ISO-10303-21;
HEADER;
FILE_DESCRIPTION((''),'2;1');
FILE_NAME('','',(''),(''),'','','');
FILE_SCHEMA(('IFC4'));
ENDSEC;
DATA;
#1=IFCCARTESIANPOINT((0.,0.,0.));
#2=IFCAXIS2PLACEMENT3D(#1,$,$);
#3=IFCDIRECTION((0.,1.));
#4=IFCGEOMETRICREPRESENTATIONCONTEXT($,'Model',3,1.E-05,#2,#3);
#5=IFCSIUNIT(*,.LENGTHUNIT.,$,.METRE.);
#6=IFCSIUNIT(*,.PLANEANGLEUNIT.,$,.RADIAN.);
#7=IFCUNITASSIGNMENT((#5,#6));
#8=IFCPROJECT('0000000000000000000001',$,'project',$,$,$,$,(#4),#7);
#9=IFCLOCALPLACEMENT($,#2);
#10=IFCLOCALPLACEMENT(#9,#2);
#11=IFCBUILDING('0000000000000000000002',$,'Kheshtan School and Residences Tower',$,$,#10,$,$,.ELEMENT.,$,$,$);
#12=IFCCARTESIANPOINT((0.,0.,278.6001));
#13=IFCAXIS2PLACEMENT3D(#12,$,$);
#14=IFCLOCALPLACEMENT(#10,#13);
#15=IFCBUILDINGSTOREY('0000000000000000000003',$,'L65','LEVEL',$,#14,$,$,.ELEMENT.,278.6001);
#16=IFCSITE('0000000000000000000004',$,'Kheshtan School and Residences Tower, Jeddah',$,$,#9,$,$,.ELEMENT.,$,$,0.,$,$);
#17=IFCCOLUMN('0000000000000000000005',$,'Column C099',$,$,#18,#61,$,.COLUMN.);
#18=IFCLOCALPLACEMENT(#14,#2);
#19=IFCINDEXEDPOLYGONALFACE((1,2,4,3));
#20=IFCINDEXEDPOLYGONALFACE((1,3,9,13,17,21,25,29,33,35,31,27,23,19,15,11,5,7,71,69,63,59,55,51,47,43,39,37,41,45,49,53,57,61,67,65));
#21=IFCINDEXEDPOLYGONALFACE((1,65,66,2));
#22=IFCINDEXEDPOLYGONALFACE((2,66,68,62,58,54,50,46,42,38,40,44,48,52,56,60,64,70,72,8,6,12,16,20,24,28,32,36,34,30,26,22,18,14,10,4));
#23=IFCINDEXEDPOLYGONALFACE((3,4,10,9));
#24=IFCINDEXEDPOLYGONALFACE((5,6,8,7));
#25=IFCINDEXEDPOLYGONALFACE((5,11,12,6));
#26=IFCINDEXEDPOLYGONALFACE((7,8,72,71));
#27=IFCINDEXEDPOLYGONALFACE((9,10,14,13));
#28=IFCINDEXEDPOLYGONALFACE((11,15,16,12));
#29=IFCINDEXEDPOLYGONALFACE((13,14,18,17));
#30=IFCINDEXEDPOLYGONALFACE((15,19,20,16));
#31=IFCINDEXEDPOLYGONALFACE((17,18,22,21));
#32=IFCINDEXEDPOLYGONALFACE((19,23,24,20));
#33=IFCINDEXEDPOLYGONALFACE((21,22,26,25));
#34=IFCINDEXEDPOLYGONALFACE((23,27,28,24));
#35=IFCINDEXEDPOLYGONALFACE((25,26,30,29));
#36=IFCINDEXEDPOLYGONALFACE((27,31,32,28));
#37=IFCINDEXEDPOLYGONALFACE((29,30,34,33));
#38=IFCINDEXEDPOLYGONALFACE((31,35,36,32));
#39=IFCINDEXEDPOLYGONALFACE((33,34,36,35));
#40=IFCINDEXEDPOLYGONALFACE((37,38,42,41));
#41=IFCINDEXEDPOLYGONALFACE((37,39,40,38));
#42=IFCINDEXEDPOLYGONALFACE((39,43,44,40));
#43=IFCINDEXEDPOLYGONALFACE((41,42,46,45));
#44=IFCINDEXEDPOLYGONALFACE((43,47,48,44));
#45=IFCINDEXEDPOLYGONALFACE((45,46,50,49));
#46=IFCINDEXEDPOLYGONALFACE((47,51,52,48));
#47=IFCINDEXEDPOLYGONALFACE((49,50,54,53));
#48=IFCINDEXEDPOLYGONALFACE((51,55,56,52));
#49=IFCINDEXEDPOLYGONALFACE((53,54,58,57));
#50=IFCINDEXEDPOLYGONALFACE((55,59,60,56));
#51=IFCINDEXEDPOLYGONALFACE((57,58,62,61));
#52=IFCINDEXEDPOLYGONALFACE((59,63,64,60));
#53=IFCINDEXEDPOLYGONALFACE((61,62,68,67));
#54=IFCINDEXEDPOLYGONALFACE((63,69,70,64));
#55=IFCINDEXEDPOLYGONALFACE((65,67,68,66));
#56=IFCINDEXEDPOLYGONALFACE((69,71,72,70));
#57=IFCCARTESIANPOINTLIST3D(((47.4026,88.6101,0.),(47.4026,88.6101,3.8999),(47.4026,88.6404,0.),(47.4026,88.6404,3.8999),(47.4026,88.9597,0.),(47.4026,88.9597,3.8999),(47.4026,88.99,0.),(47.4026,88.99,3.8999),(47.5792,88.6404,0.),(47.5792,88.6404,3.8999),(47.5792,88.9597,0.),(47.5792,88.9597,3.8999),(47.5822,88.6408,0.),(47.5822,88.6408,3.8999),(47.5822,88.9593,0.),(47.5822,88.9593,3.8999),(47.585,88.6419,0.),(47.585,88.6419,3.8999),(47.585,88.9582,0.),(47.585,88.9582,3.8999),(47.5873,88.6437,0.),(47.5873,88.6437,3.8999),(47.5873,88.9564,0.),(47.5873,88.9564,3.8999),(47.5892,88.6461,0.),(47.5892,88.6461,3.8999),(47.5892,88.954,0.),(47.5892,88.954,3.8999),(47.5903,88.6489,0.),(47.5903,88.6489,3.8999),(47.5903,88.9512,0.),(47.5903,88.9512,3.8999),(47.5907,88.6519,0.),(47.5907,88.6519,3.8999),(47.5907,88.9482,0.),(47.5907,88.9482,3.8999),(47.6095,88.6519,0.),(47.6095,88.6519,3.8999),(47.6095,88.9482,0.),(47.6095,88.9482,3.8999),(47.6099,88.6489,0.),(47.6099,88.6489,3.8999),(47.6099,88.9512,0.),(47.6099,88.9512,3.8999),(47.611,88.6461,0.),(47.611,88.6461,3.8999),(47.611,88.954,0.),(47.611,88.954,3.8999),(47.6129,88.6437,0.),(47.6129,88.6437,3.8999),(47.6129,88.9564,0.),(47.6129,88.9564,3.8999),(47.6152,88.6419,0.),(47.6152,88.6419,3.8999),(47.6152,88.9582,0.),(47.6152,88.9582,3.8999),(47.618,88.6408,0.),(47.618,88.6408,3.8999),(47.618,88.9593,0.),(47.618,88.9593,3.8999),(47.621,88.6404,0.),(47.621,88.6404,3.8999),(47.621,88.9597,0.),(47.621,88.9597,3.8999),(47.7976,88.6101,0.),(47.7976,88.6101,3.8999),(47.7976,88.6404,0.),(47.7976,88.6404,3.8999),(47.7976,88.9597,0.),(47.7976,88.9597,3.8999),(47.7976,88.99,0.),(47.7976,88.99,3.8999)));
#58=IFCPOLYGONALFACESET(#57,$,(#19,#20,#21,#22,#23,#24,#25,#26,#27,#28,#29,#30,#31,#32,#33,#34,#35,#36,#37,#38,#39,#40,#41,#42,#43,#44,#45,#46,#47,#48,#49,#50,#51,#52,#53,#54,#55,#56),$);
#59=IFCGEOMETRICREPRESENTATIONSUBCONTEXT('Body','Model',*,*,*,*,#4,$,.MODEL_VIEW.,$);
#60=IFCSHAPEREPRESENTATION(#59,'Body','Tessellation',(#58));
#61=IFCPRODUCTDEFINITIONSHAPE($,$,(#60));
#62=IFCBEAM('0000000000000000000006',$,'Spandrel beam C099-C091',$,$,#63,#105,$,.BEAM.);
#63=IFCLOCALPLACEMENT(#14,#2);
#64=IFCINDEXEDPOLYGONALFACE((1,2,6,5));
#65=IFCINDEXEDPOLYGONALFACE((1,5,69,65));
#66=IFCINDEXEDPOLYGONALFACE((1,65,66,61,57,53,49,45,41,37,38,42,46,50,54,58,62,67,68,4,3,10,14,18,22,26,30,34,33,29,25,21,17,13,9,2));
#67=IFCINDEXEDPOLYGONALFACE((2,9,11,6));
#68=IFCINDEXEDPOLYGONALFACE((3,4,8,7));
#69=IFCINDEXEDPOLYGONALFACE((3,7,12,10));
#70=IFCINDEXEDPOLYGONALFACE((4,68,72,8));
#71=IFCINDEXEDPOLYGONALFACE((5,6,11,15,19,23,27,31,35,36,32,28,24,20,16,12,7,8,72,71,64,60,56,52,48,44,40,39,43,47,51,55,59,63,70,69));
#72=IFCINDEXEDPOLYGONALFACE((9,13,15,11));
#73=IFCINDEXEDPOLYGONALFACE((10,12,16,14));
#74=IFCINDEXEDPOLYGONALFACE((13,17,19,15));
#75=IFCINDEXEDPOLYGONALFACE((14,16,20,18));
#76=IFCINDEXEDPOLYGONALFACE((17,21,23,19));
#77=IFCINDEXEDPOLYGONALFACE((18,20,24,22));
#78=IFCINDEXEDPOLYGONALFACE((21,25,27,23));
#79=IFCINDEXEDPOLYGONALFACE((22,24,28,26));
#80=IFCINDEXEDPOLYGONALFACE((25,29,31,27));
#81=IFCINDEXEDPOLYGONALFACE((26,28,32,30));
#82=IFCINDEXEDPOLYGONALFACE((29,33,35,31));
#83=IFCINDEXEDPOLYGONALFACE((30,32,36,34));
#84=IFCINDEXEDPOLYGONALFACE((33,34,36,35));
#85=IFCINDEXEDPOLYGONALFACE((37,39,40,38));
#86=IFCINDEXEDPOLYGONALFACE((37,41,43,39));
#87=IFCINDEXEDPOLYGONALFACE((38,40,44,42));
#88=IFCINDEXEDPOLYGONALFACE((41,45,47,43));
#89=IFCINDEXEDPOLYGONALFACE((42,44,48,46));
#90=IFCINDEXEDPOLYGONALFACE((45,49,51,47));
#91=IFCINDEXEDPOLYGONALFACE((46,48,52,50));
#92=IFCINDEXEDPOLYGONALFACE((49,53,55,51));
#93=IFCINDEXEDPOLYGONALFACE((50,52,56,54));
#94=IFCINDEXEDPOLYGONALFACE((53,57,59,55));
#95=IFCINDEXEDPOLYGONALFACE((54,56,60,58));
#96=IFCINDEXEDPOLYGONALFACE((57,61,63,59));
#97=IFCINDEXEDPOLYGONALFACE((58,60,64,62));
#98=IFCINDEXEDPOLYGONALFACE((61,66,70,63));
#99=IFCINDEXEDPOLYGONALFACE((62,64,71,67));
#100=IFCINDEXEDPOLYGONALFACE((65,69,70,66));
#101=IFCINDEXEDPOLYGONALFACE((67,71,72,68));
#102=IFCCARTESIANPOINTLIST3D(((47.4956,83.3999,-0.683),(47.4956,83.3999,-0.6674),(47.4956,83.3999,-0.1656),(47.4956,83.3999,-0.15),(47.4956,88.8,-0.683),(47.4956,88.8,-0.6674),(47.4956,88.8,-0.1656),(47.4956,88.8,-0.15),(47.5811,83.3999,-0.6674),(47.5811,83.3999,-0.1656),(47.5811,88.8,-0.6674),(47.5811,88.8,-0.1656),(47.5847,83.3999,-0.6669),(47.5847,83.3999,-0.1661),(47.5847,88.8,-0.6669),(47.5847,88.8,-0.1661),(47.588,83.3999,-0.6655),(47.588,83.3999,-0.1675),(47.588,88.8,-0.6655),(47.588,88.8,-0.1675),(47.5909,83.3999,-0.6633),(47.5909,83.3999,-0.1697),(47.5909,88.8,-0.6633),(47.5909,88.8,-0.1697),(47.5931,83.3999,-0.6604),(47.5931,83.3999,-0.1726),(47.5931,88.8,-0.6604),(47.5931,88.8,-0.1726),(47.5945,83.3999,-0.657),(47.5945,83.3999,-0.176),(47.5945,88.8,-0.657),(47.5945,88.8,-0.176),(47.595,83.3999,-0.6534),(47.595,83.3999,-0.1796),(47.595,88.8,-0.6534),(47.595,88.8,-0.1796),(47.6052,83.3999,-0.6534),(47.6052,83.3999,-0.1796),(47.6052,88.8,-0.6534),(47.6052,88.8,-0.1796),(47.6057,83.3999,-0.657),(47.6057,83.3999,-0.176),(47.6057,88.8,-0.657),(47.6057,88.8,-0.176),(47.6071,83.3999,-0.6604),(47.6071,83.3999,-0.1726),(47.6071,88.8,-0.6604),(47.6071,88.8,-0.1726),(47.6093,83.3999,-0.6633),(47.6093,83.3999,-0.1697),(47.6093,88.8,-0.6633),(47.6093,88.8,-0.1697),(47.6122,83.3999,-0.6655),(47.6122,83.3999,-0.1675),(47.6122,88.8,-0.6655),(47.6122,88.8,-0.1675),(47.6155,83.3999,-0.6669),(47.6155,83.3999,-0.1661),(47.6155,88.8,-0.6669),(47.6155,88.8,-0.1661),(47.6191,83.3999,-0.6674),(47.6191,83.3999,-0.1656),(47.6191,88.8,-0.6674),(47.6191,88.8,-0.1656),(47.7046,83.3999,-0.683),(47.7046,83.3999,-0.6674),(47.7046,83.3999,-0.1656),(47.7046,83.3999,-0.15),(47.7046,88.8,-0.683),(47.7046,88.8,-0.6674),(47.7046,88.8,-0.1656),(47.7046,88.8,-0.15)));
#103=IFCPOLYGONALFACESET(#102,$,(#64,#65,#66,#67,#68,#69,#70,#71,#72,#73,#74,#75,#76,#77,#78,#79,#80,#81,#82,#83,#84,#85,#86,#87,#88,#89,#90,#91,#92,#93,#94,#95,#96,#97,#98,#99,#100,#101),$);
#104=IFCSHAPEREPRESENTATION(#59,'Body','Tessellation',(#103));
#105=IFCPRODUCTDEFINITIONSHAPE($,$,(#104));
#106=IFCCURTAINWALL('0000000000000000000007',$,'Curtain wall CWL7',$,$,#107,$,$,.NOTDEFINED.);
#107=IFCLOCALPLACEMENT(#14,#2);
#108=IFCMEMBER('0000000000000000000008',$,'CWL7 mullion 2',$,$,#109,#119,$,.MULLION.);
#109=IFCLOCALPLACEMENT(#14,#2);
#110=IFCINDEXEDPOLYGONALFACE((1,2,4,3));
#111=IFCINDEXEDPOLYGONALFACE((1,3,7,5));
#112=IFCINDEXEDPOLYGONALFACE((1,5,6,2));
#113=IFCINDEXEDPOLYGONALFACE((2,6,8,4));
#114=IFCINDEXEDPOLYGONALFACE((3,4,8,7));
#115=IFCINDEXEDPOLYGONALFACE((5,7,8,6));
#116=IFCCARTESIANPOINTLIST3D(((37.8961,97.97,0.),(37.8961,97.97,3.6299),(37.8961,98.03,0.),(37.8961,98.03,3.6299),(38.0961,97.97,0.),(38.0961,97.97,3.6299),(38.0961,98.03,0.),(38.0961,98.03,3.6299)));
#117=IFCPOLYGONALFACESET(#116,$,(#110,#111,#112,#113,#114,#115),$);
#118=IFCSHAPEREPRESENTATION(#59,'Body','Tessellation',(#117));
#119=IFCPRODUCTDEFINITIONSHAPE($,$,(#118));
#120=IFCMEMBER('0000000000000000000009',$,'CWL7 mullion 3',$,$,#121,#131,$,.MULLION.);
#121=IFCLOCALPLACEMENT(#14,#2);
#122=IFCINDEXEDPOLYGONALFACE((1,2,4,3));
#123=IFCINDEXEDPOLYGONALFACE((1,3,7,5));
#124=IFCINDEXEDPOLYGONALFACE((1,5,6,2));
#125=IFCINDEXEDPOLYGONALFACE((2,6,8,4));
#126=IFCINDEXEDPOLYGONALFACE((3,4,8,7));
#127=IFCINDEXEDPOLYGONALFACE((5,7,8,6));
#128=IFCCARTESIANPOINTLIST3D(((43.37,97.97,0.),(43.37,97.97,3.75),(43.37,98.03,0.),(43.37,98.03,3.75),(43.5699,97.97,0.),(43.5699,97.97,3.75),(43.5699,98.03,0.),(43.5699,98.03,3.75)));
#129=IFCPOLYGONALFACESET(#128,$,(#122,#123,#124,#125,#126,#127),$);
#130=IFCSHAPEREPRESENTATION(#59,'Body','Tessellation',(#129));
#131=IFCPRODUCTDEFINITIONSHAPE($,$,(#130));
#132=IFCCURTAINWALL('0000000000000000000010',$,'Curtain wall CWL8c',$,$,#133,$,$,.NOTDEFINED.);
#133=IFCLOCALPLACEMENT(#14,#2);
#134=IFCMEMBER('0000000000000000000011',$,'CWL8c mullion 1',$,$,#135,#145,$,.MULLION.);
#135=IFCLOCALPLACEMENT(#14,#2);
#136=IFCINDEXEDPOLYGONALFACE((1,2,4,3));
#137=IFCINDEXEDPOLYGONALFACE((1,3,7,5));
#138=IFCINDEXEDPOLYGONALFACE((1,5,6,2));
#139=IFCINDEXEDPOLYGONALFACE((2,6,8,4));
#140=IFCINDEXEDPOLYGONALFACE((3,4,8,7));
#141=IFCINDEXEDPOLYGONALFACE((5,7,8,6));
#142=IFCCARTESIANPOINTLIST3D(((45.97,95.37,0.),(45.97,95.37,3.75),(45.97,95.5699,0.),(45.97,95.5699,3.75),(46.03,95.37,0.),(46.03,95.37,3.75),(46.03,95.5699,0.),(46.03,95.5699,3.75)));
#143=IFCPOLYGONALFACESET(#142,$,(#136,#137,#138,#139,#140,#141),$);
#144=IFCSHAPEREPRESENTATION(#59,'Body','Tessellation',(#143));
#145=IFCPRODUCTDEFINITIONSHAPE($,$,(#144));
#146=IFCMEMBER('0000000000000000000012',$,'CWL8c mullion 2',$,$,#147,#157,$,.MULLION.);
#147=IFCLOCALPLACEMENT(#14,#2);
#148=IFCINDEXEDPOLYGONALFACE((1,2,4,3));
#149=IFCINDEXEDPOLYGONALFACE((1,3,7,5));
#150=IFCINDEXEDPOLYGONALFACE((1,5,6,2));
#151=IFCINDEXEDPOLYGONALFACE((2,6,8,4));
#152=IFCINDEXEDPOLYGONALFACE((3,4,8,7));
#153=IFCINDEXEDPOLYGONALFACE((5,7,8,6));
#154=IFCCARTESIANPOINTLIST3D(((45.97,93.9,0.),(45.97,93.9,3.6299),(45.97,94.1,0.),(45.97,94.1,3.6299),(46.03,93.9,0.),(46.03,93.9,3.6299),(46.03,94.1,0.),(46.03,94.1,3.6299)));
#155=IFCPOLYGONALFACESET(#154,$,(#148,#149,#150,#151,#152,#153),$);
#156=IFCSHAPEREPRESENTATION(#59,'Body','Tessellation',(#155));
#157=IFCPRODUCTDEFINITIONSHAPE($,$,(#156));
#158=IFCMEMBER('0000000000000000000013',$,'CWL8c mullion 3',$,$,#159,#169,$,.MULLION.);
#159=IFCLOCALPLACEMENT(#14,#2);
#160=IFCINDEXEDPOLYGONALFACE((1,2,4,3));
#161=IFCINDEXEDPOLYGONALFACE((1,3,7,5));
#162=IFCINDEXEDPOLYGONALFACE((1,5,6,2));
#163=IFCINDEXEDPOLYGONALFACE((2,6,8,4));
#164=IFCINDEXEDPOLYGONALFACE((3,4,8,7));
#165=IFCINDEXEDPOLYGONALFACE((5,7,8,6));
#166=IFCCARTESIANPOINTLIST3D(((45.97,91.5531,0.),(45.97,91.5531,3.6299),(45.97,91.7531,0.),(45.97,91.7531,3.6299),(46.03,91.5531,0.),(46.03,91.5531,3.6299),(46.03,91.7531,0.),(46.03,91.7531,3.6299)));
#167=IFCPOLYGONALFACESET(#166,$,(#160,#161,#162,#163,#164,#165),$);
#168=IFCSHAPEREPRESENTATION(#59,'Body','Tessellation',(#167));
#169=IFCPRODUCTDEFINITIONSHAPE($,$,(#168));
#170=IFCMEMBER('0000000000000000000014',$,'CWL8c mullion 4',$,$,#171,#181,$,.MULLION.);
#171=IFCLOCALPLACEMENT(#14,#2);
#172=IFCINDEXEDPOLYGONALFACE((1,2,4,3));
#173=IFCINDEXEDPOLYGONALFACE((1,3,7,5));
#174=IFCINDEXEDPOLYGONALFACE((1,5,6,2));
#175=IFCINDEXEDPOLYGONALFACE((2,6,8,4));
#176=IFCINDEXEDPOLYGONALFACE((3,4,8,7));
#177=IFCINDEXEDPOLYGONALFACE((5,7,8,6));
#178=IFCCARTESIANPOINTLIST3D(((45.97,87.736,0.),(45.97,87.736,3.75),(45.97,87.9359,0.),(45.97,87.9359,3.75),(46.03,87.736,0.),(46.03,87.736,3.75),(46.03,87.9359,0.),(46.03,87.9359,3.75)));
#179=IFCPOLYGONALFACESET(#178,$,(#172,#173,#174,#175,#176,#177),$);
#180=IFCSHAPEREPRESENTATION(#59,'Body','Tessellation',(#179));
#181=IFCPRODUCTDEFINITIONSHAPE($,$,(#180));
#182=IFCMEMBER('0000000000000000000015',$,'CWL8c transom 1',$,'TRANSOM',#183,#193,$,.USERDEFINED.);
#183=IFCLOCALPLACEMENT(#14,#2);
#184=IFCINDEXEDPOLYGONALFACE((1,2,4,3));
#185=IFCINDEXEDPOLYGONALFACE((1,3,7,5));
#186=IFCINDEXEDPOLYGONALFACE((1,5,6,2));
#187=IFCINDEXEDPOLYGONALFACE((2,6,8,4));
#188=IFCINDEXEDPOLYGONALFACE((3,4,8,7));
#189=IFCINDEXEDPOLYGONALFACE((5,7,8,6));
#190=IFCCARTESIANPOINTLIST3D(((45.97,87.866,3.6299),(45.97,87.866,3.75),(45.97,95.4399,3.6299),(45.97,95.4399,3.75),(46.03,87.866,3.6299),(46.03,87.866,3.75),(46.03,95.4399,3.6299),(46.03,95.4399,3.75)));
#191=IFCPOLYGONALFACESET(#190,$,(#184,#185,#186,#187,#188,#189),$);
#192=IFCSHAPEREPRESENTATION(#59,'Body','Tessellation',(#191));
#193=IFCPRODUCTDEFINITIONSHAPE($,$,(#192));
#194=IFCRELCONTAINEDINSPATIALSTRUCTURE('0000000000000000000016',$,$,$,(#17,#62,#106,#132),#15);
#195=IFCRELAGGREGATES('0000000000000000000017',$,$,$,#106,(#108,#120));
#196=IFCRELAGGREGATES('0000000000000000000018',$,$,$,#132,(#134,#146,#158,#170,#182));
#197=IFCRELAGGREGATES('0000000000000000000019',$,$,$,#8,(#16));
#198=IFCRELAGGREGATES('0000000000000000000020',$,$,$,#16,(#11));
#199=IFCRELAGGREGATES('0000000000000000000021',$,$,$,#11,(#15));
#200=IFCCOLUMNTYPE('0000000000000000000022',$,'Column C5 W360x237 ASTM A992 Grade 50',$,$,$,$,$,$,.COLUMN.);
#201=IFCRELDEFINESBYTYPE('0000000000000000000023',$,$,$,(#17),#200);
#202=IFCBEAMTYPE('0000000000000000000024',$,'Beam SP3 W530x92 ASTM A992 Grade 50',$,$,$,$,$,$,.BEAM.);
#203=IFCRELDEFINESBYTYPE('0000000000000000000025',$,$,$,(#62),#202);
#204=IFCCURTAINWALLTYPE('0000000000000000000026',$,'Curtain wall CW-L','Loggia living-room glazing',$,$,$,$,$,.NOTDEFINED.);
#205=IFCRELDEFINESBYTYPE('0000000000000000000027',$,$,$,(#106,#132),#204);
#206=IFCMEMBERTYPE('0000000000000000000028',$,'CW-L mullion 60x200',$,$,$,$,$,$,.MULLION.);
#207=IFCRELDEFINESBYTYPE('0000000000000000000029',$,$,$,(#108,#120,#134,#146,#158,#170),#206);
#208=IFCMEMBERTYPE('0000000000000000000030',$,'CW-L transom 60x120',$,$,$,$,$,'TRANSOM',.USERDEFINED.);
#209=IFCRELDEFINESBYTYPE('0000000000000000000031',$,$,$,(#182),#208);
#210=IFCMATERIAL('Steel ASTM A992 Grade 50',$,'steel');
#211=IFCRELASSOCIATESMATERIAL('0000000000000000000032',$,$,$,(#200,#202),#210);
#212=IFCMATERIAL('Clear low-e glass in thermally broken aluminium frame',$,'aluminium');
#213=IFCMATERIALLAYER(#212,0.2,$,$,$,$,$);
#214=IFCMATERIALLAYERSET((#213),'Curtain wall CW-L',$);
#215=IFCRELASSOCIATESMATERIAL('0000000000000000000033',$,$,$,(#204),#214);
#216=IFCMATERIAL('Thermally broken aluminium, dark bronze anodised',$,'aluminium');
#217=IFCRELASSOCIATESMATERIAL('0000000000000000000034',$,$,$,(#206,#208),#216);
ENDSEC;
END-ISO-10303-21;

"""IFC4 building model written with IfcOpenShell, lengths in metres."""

from ifc_helpers import new_model, si_unit, direction, frame, origin, origin_2d, place, context, subcontext, project, spatial, rectangle, i_section, extrude, material, layer, layer_set, material_profile, profile_set, type_object, element, aggregate, save


model = new_model("IFC4")

# Units and contexts
model_context = context("Model", 3, precision=1e-05, world=origin(), true_north=direction((0.0, 1.0)))
body_context = subcontext(model_context, "Body", "Model", "MODEL_VIEW")
ifc_project = project(units=[si_unit("LENGTHUNIT", "METRE"), si_unit("PLANEANGLEUNIT", "RADIAN")], contexts=[model_context])

# Site, building, storey
site_placement = place(None, origin())
site = spatial("IfcSite", under=ifc_project, at=site_placement, Name="Kheshtan School and Residences Tower, Jeddah", CompositionType="ELEMENT", RefElevation=0.0)
building_placement = place(site_placement, origin())
building = spatial("IfcBuilding", under=site, at=building_placement, Name="Kheshtan School and Residences Tower", CompositionType="ELEMENT")
storey_placement = place(building_placement, frame((0.0, 0.0, 278.6001)))
storey = spatial("IfcBuildingStorey", under=building, at=storey_placement, Name="L65", Description="LEVEL", CompositionType="ELEMENT", Elevation=278.6001)

# Column
ifc_material_1 = material(Name="Steel ASTM A992 Grade 50", Category="steel")
ifc_material_profile_1 = material_profile(ifc_material_1, i_section(OverallWidth=0.395, OverallDepth=0.3799, WebThickness=0.0188, FlangeThickness=0.0303, FilletRadius=0.0115, at=origin_2d()), Name="W360x237")
ifc_profile_set_1 = profile_set([ifc_material_profile_1], Name="Steel ASTM A992 Grade 50")
column_type = type_object("IfcColumnType", Name="Column C5 W360x237 ASTM A992 Grade 50", PredefinedType="COLUMN", material=ifc_profile_set_1)
column_placement = place(storey_placement, frame((47.6001, 88.8, 0.0), z_axis=(0.0, 0.0, 1.0), x_axis=(1.0, 0.0, 0.0)))
element("IfcColumn", 1, at=column_placement, inside=storey, type_object=column_type, Name="Column C099", PredefinedType="COLUMN", context=body_context, shape_type="SweptSolid", body=[
    extrude(i_section(OverallWidth=0.395, OverallDepth=0.3799, WebThickness=0.0188, FlangeThickness=0.0303, FilletRadius=0.0115, at=origin_2d()), origin(), (0.0, 0.0, 1.0), 3.8999),
])

# Beam
ifc_material_profile_2 = material_profile(ifc_material_1, i_section(OverallWidth=0.209, OverallDepth=0.533, WebThickness=0.0103, FlangeThickness=0.0156, FilletRadius=0.0139, at=origin_2d()), Name="W530x92")
ifc_profile_set_2 = profile_set([ifc_material_profile_2], Name="Steel ASTM A992 Grade 50")
beam_type = type_object("IfcBeamType", Name="Beam SP3 W530x92 ASTM A992 Grade 50", PredefinedType="BEAM", material=ifc_profile_set_2)
beam_placement = place(storey_placement, frame((47.6001, 88.8, -0.4165), z_axis=(0.0, -1.0, 0.0), x_axis=(1.0, 0.0, 0.0)))
element("IfcBeam", 2, at=beam_placement, inside=storey, type_object=beam_type, Name="Spandrel beam C099-C091", PredefinedType="BEAM", context=body_context, shape_type="SweptSolid", body=[
    extrude(i_section(OverallWidth=0.209, OverallDepth=0.533, WebThickness=0.0103, FlangeThickness=0.0156, FilletRadius=0.0139, at=origin_2d()), origin(), (0.0, 0.0, 1.0), 5.4001),
])

# Curtain walls, members
ifc_material_2 = material(Name="Clear low-e glass in thermally broken aluminium frame", Category="aluminium")
ifc_layer_1 = layer(ifc_material_2, 0.2)
ifc_layer_set_1 = layer_set([ifc_layer_1], Name="Curtain wall CW-L")
curtain_wall_type = type_object("IfcCurtainWallType", Name="Curtain wall CW-L", Description="Loggia living-room glazing", PredefinedType="NOTDEFINED", material=ifc_layer_set_1)
curtain_wall_1_placement = place(storey_placement, origin())
curtain_wall_1 = element("IfcCurtainWall", 3, at=curtain_wall_1_placement, inside=storey, type_object=curtain_wall_type, Name="Curtain wall CWL7", PredefinedType="NOTDEFINED")
ifc_material_3 = material(Name="Thermally broken aluminium, dark bronze anodised", Category="aluminium")
ifc_material_profile_3 = material_profile(ifc_material_3, rectangle(XDim=0.0601, YDim=0.2, at=origin_2d()), Name="CW-L mullion 60x200")
ifc_profile_set_3 = profile_set([ifc_material_profile_3], Name="Thermally broken aluminium, dark bronze anodised")
member_type_1 = type_object("IfcMemberType", Name="CW-L mullion 60x200", PredefinedType="MULLION", material=ifc_profile_set_3)
member_1_placement = place(storey_placement, frame((37.9961, 98.0, 0.0), z_axis=(0.0, 0.0, 1.0), x_axis=(0.0, 1.0, 0.0)))
member_1 = element("IfcMember", 4, at=member_1_placement, type_object=member_type_1, Name="CWL7 mullion 2", PredefinedType="MULLION", context=body_context, shape_type="SweptSolid", body=[
    extrude(rectangle(XDim=0.0601, YDim=0.2, at=origin_2d()), origin(), (0.0, 0.0, 1.0), 3.6299),
])
member_2_placement = place(storey_placement, frame((43.47, 98.0, 0.0), z_axis=(0.0, 0.0, 1.0), x_axis=(0.0, 1.0, 0.0)))
member_2 = element("IfcMember", 5, at=member_2_placement, type_object=member_type_1, Name="CWL7 mullion 3", PredefinedType="MULLION", context=body_context, shape_type="SweptSolid", body=[
    extrude(rectangle(XDim=0.0601, YDim=0.2, at=origin_2d()), origin(), (0.0, 0.0, 1.0), 3.75),
])
curtain_wall_2_placement = place(storey_placement, origin())
curtain_wall_2 = element("IfcCurtainWall", 6, at=curtain_wall_2_placement, inside=storey, type_object=curtain_wall_type, Name="Curtain wall CWL8c", PredefinedType="NOTDEFINED")
member_3_placement = place(storey_placement, frame((46.0, 95.47, 0.0), z_axis=(0.0, 0.0, 1.0), x_axis=(1.0, 0.0, 0.0)))
member_3 = element("IfcMember", 7, at=member_3_placement, type_object=member_type_1, Name="CWL8c mullion 1", PredefinedType="MULLION", context=body_context, shape_type="SweptSolid", body=[
    extrude(rectangle(XDim=0.0601, YDim=0.2, at=origin_2d()), origin(), (0.0, 0.0, 1.0), 3.75),
])
member_4_placement = place(storey_placement, frame((46.0, 94.0, 0.0), z_axis=(0.0, 0.0, 1.0), x_axis=(1.0, 0.0, 0.0)))
member_4 = element("IfcMember", 8, at=member_4_placement, type_object=member_type_1, Name="CWL8c mullion 2", PredefinedType="MULLION", context=body_context, shape_type="SweptSolid", body=[
    extrude(rectangle(XDim=0.0601, YDim=0.2, at=origin_2d()), origin(), (0.0, 0.0, 1.0), 3.6299),
])
member_5_placement = place(storey_placement, frame((46.0, 91.6531, 0.0), z_axis=(0.0, 0.0, 1.0), x_axis=(1.0, 0.0, 0.0)))
member_5 = element("IfcMember", 9, at=member_5_placement, type_object=member_type_1, Name="CWL8c mullion 3", PredefinedType="MULLION", context=body_context, shape_type="SweptSolid", body=[
    extrude(rectangle(XDim=0.0601, YDim=0.2, at=origin_2d()), origin(), (0.0, 0.0, 1.0), 3.6299),
])
member_6_placement = place(storey_placement, frame((46.0, 87.8359, 0.0), z_axis=(0.0, 0.0, 1.0), x_axis=(1.0, 0.0, 0.0)))
member_6 = element("IfcMember", 10, at=member_6_placement, type_object=member_type_1, Name="CWL8c mullion 4", PredefinedType="MULLION", context=body_context, shape_type="SweptSolid", body=[
    extrude(rectangle(XDim=0.0601, YDim=0.2, at=origin_2d()), origin(), (0.0, 0.0, 1.0), 3.75),
])
ifc_material_profile_4 = material_profile(ifc_material_3, rectangle(XDim=0.0601, YDim=0.1201, at=origin_2d()), Name="CW-L transom 60x120")
ifc_profile_set_4 = profile_set([ifc_material_profile_4], Name="Thermally broken aluminium, dark bronze anodised")
member_type_2 = type_object("IfcMemberType", Name="CW-L transom 60x120", ElementType="TRANSOM", PredefinedType="USERDEFINED", material=ifc_profile_set_4)
member_7_placement = place(storey_placement, frame((46.0, 95.4399, 3.6899), z_axis=(0.0, -1.0, 0.0), x_axis=(1.0, 0.0, 0.0)))
member_7 = element("IfcMember", 11, at=member_7_placement, type_object=member_type_2, Name="CWL8c transom 1", ObjectType="TRANSOM", PredefinedType="USERDEFINED", context=body_context, shape_type="SweptSolid", body=[
    extrude(rectangle(XDim=0.0601, YDim=0.1201, at=origin_2d()), origin(), (0.0, 0.0, 1.0), 7.574),
])

aggregate(curtain_wall_1, [member_1, member_2])
aggregate(curtain_wall_2, [member_3, member_4, member_5, member_6, member_7])

save(model, "model.ifc")
